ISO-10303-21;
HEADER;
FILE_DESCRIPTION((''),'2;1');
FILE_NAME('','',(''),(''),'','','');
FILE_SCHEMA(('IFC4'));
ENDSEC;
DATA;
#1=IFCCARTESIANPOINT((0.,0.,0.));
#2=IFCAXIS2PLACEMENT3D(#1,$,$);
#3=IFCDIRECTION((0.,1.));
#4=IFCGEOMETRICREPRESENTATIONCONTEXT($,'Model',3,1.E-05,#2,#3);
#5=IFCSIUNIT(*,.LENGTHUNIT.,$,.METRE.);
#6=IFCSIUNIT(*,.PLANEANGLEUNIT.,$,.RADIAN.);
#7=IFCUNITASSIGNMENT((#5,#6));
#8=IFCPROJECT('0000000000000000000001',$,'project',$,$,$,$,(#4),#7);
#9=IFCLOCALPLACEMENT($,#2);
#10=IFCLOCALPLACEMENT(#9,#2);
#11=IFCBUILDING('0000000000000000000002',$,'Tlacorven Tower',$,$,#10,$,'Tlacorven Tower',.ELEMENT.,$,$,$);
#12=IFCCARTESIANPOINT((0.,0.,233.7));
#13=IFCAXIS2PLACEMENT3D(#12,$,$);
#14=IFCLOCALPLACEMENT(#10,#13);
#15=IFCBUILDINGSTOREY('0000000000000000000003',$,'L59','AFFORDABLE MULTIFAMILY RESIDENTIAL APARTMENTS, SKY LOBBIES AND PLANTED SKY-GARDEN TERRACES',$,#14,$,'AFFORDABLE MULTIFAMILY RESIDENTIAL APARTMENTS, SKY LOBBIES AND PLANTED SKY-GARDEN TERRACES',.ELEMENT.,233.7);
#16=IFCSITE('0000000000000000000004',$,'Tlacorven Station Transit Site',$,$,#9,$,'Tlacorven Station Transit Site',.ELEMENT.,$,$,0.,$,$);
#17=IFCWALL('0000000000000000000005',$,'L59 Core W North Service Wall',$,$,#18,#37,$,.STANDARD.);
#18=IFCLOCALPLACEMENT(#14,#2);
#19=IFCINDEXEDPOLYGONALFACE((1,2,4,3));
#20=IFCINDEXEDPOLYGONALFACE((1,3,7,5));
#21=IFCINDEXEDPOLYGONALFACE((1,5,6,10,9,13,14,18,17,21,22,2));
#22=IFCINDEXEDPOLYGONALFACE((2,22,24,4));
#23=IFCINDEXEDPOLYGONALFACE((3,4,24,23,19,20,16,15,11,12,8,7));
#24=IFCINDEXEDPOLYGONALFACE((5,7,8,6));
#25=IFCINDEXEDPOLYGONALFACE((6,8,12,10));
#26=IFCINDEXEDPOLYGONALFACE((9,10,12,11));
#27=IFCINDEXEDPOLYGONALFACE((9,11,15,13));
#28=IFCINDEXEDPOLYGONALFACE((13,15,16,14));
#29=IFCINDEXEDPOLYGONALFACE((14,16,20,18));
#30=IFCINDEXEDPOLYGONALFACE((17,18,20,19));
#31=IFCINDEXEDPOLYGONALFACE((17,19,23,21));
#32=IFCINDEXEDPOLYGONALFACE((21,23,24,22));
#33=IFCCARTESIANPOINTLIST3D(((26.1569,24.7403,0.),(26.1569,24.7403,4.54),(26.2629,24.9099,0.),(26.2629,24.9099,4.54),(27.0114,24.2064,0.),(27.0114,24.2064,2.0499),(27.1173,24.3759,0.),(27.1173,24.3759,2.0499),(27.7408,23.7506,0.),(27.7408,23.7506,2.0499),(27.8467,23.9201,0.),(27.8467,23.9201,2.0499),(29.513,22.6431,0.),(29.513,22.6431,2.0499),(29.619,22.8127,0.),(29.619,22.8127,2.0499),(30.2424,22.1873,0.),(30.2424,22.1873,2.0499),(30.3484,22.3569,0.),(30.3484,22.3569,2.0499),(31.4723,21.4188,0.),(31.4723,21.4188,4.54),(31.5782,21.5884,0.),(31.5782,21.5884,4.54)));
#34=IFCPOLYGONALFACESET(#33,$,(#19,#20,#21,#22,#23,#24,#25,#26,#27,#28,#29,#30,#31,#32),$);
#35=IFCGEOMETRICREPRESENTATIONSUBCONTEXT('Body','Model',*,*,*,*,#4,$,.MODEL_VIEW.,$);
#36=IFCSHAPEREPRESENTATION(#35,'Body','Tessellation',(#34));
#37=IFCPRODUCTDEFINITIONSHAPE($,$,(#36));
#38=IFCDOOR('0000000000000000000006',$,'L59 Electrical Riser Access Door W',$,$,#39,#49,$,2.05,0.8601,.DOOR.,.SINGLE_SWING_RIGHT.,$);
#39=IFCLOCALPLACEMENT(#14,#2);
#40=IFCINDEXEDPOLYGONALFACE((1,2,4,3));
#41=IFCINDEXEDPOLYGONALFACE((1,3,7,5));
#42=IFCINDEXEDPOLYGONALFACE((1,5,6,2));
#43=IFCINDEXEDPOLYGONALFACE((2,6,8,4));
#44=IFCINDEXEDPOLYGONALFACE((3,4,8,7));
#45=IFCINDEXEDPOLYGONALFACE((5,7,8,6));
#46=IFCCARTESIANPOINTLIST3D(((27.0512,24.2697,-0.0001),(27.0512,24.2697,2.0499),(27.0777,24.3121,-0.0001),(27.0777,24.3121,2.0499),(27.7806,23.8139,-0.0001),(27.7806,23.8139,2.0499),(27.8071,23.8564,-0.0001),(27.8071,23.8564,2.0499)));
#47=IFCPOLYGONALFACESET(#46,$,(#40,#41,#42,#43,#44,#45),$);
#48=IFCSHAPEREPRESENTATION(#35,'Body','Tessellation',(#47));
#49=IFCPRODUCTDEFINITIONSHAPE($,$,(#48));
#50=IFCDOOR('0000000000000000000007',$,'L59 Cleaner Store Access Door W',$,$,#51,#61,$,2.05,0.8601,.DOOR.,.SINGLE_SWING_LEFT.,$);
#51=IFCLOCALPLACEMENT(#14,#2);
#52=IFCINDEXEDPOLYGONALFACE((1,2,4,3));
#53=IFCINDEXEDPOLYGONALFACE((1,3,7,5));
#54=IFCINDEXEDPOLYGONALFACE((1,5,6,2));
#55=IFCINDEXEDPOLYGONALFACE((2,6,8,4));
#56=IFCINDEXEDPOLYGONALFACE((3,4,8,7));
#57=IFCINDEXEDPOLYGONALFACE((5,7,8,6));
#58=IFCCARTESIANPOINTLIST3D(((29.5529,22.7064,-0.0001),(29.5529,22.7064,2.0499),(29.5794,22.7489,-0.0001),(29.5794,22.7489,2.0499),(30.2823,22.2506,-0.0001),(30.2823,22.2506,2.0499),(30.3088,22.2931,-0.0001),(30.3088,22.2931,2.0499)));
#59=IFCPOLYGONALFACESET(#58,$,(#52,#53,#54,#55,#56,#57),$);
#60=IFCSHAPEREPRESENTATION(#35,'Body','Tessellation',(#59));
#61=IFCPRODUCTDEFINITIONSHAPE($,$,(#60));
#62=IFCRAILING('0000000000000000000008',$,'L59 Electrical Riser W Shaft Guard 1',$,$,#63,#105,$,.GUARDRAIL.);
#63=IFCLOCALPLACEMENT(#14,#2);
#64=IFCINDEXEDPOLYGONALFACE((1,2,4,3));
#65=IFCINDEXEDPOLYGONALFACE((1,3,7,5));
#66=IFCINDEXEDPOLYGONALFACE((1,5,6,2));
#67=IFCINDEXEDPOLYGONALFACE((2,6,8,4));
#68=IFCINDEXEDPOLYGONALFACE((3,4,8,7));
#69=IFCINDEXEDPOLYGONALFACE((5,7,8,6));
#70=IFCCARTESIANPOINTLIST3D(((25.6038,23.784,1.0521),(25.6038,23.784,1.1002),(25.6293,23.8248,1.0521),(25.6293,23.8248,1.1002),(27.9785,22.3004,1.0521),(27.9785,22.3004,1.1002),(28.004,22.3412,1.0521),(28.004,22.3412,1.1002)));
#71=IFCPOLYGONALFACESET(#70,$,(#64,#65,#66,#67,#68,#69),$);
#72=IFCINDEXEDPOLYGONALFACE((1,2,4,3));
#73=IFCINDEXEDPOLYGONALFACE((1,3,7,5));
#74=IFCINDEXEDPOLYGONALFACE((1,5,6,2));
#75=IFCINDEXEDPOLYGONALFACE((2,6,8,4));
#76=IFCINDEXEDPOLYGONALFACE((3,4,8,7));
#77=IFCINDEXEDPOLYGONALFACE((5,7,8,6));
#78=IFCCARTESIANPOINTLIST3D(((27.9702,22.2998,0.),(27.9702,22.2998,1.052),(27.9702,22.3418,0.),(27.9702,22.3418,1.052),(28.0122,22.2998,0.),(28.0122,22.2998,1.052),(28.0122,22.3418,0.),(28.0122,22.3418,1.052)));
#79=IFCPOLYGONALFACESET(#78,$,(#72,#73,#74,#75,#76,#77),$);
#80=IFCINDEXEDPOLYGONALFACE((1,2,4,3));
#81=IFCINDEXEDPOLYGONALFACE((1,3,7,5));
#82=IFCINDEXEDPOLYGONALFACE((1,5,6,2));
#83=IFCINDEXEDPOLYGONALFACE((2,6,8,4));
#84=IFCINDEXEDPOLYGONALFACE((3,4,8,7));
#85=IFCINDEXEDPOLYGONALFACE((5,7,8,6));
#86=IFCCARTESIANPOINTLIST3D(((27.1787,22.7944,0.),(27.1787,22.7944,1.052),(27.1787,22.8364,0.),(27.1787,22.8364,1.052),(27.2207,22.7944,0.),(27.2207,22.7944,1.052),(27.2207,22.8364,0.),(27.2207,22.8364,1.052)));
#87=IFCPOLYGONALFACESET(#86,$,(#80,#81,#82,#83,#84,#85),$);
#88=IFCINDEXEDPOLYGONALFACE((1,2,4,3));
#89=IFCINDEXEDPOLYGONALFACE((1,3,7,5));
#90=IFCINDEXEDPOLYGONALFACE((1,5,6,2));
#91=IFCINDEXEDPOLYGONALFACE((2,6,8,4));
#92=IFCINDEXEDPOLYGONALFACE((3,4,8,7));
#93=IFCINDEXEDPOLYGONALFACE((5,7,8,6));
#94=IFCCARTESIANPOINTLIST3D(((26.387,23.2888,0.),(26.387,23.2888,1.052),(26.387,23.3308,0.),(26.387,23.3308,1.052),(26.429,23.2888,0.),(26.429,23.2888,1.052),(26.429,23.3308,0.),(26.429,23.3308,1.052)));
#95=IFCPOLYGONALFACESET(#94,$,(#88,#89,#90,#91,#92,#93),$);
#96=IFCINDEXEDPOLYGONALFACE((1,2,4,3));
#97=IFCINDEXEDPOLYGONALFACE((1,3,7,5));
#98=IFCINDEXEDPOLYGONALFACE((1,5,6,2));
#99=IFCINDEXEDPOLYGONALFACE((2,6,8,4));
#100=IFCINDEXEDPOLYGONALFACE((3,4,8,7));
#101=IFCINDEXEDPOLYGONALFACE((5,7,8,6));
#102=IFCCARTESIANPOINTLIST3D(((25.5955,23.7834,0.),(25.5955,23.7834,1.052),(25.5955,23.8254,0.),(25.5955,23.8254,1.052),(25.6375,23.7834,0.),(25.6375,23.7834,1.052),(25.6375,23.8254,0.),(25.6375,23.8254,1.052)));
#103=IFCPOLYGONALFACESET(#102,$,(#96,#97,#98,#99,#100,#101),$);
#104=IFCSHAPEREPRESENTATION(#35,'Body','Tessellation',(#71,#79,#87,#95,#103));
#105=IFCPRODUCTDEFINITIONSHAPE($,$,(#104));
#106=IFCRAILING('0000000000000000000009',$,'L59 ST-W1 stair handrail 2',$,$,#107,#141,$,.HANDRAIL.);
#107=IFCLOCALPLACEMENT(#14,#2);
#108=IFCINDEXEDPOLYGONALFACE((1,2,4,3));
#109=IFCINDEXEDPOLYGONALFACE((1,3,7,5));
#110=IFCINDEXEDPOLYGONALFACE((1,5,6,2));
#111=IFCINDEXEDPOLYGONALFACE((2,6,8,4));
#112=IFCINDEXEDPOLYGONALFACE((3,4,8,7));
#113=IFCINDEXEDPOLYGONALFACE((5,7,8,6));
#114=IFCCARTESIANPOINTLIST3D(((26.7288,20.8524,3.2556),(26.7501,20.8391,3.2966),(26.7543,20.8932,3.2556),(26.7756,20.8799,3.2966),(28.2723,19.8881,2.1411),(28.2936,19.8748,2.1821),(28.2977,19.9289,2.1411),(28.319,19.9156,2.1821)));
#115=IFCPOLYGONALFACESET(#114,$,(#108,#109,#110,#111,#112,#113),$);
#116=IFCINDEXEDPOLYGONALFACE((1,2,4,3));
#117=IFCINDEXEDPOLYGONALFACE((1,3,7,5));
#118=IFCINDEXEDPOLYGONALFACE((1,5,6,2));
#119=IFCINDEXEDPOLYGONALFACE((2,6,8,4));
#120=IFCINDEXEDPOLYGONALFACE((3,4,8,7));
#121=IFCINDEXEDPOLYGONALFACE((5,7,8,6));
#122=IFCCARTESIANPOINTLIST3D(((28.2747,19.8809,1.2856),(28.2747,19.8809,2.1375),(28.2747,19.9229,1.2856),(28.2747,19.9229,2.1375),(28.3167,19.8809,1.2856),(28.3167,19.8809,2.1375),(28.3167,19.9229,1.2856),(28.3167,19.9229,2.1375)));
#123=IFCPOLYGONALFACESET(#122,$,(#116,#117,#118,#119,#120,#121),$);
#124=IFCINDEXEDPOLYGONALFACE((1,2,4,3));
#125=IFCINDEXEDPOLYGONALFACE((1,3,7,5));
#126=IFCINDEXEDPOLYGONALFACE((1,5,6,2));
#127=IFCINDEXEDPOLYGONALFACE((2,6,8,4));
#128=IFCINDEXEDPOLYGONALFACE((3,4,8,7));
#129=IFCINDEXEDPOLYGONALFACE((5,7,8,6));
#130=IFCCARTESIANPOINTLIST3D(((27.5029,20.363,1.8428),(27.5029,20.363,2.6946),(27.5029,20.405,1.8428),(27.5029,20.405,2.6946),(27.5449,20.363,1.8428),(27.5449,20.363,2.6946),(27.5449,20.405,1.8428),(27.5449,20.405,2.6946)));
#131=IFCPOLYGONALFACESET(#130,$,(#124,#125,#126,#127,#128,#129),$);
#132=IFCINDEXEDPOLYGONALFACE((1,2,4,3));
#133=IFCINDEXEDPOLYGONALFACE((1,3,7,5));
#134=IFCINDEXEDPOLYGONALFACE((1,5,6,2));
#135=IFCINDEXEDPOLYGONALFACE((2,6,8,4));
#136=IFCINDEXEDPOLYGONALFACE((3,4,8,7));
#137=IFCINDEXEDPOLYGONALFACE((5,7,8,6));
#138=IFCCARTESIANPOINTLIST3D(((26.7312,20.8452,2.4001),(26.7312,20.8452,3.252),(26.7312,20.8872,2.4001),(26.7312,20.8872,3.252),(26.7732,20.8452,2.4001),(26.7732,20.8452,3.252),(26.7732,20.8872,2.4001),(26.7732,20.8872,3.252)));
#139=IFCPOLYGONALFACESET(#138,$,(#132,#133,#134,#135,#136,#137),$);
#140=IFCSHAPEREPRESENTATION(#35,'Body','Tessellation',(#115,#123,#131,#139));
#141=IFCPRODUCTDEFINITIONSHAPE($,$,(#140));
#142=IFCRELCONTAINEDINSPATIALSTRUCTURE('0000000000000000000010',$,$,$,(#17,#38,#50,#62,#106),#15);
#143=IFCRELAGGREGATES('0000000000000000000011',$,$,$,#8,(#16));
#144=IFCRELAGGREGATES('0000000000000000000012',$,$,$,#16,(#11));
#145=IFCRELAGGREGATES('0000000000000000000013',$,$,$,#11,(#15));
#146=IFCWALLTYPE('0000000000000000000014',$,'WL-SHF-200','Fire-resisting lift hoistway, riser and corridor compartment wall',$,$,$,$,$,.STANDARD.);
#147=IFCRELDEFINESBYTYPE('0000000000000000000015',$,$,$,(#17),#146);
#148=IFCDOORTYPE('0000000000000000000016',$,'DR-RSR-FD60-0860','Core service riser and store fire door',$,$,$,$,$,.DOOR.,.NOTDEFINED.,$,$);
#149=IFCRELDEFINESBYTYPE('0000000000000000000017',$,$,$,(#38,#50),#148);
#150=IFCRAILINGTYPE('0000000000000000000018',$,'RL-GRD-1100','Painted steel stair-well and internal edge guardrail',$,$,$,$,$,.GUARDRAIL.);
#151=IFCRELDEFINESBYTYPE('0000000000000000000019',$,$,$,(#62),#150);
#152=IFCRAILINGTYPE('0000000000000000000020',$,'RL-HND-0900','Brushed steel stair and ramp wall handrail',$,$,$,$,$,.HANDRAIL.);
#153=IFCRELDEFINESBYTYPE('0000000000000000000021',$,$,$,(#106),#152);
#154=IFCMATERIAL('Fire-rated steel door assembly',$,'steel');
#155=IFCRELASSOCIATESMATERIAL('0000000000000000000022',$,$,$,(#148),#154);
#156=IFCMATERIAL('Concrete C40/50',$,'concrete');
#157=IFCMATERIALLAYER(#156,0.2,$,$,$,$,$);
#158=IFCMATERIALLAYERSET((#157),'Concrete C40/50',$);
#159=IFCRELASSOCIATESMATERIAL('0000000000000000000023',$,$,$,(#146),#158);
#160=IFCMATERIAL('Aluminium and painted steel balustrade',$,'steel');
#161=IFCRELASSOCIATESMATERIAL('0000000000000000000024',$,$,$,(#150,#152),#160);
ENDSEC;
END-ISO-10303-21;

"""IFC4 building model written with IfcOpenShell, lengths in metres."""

from ifc_helpers import new_model, si_unit, direction, frame, frame_2d, origin, origin_2d, place, context, subcontext, project, spatial, rectangle, extrude, source, transform, mapped, material, layer, layer_set, type_object, element, fill, save


model = new_model("IFC4")

# Units and contexts
model_context = context("Model", 3, precision=1e-05, world=origin(), true_north=direction((0.0, 1.0)))
body_context = subcontext(model_context, "Body", "Model", "MODEL_VIEW")
ifc_project = project(units=[si_unit("LENGTHUNIT", "METRE"), si_unit("PLANEANGLEUNIT", "RADIAN")], contexts=[model_context])

# Site, building, storey
site_placement = place(None, origin())
site = spatial("IfcSite", under=ifc_project, at=site_placement, Name="Tlacorven Station Transit Site", LongName="Tlacorven Station Transit Site", CompositionType="ELEMENT", RefElevation=0.0)
building_placement = place(site_placement, origin())
building = spatial("IfcBuilding", under=site, at=building_placement, Name="Tlacorven Tower", LongName="Tlacorven Tower", CompositionType="ELEMENT")
storey_placement = place(building_placement, frame((0.0, 0.0, 233.7)))
storey = spatial("IfcBuildingStorey", under=building, at=storey_placement, Name="L59", Description="AFFORDABLE MULTIFAMILY RESIDENTIAL APARTMENTS, SKY LOBBIES AND PLANTED SKY-GARDEN TERRACES", LongName="AFFORDABLE MULTIFAMILY RESIDENTIAL APARTMENTS, SKY LOBBIES AND PLANTED SKY-GARDEN TERRACES", CompositionType="ELEMENT", Elevation=233.7)

# Shared definitions
ifc_material_1 = material(Name="Fire-rated steel door assembly", Category="steel")
door_type_1 = type_object("IfcDoorType", Name="DR-RSR-FD60-0860", Description="Core service riser and store fire door", OperationType="NOTDEFINED", PredefinedType="DOOR", material=ifc_material_1)
shared_shape_1 = source(origin(), body_context, "Body", "SweptSolid", [
    extrude(rectangle(XDim=0.8601, YDim=2.05, at=frame_2d((0.4302, 1.0249))), frame((0.0, 0.0249, 0.0), z_axis=(0.0, -1.0, 0.0), x_axis=(1.0, 0.0, 0.0)), (0.0, 0.0, 1.0), 0.05),
])

# Shared definitions
ifc_material_2 = material(Name="Concrete C40/50", Category="concrete")
ifc_layer_1 = layer(ifc_material_2, 0.2)
ifc_layer_set_1 = layer_set([ifc_layer_1], Name="Concrete C40/50")
wall_type_1 = type_object("IfcWallType", Name="WL-SHF-200", Description="Fire-resisting lift hoistway, riser and corridor compartment wall", PredefinedType="STANDARD", material=ifc_layer_set_1)

# Wall, openings, doors
wall_1_placement = place(storey_placement, frame((31.5251, 21.5037, 0.0), z_axis=(0.0, 0.0, 1.0), x_axis=(-0.848042, 0.529929, 0.0)))
wall_1 = element("IfcWall", 1, at=wall_1_placement, inside=storey, type_object=wall_type_1, Name="L59 Core W North Service Wall", PredefinedType="STANDARD", context=body_context, shape_type="SweptSolid", body=[
    extrude(rectangle(XDim=6.2678, YDim=0.2, at=frame_2d((3.1338, 0.0))), origin(), (0.0, 0.0, 1.0), 4.54),
])
opening_1_placement = place(wall_1_placement, frame((4.3999, 0.0, 0.0)))
opening_1 = element("IfcOpeningElement", 2, at=opening_1_placement, cuts=wall_1, PredefinedType="OPENING", context=body_context, shape_type="SweptSolid", body=[
    extrude(rectangle(XDim=0.8601, YDim=2.05, at=frame_2d((0.4302, 1.0249))), frame((0.0, 0.1099, 0.0), z_axis=(0.0, -1.0, 0.0), x_axis=(1.0, 0.0, 0.0)), (0.0, 0.0, 1.0), 0.22),
])
opening_2_placement = place(wall_1_placement, frame((1.45, 0.0, 0.0)))
opening_2 = element("IfcOpeningElement", 3, at=opening_2_placement, cuts=wall_1, PredefinedType="OPENING", context=body_context, shape_type="SweptSolid", body=[
    extrude(rectangle(XDim=0.8601, YDim=2.05, at=frame_2d((0.4302, 1.0249))), frame((0.0, 0.1099, 0.0), z_axis=(0.0, -1.0, 0.0), x_axis=(1.0, 0.0, 0.0)), (0.0, 0.0, 1.0), 0.22),
])
door_1_placement = place(opening_1_placement, frame((0.8601, 0.0, 0.0), z_axis=(0.0, 0.0, 1.0), x_axis=(-1.0, 0.0, 0.0)))
door_1 = element("IfcDoor", 4, at=door_1_placement, inside=storey, type_object=door_type_1, Name="L59 Electrical Riser Access Door W", OperationType="SINGLE_SWING_RIGHT", OverallHeight=2.05, OverallWidth=0.8601, PredefinedType="DOOR", context=body_context, shape_type="MappedRepresentation", body=[
    mapped(shared_shape_1, transform((0.0, 0.0, 0.0), scale=1.0)),
])
fill(opening_1, door_1)
door_2_placement = place(opening_2_placement, frame((0.8601, 0.0, 0.0), z_axis=(0.0, 0.0, 1.0), x_axis=(-1.0, 0.0, 0.0)))
door_2 = element("IfcDoor", 5, at=door_2_placement, inside=storey, type_object=door_type_1, Name="L59 Cleaner Store Access Door W", OperationType="SINGLE_SWING_LEFT", OverallHeight=2.05, OverallWidth=0.8601, PredefinedType="DOOR", context=body_context, shape_type="MappedRepresentation", body=[
    mapped(shared_shape_1, transform((0.0, 0.0, 0.0), scale=1.0)),
])
fill(opening_2, door_2)

# Railings
ifc_material_3 = material(Name="Aluminium and painted steel balustrade", Category="steel")
railing_type_1 = type_object("IfcRailingType", Name="RL-GRD-1100", Description="Painted steel stair-well and internal edge guardrail", PredefinedType="GUARDRAIL", material=ifc_material_3)
shared_shape_2 = source(origin(), body_context, "Body", "SweptSolid", [
    extrude(rectangle(XDim=0.0481, YDim=0.0481, at=origin_2d()), frame((0.0, 0.0, 1.0762), z_axis=(-0.848091, 0.52985, 0.0), x_axis=(-0.52985, -0.848091, 0.0)), (0.0, 0.0, 1.0), 2.8),
    extrude(rectangle(XDim=0.042, YDim=0.042, at=origin_2d()), origin(), (0.0, 0.0, 1.0), 1.052),
    extrude(rectangle(XDim=0.042, YDim=0.042, at=origin_2d()), frame((-0.7915, 0.4946, 0.0)), (0.0, 0.0, 1.0), 1.052),
    extrude(rectangle(XDim=0.042, YDim=0.042, at=origin_2d()), frame((-1.5833, 0.989, 0.0)), (0.0, 0.0, 1.0), 1.052),
    extrude(rectangle(XDim=0.042, YDim=0.042, at=origin_2d()), frame((-2.3748, 1.4836, 0.0)), (0.0, 0.0, 1.0), 1.052),
])
railing_1_placement = place(storey_placement, frame((27.9912, 22.3208, 0.0)))
element("IfcRailing", 6, at=railing_1_placement, inside=storey, type_object=railing_type_1, Name="L59 Electrical Riser W Shaft Guard 1", PredefinedType="GUARDRAIL", context=body_context, shape_type="MappedRepresentation", body=[
    mapped(shared_shape_2, transform((0.0, 0.0, 0.0), scale=1.0)),
])
railing_type_2 = type_object("IfcRailingType", Name="RL-HND-0900", Description="Brushed steel stair and ramp wall handrail", PredefinedType="HANDRAIL", material=ifc_material_3)
shared_shape_3 = source(origin(), body_context, "Body", "SweptSolid", [
    extrude(rectangle(XDim=0.0481, YDim=0.0481, at=origin_2d()), frame((0.0, 0.0, 0.876), z_axis=(-0.723238, 0.451881, 0.522237), x_axis=(-0.529878, -0.848074, 0.0)), (0.0, 0.0, 1.0), 2.134),
    extrude(rectangle(XDim=0.042, YDim=0.042, at=origin_2d()), origin(), (0.0, 0.0, 1.0), 0.8518),
    extrude(rectangle(XDim=0.042, YDim=0.042, at=origin_2d()), frame((-0.7717, 0.4822, 0.5571)), (0.0, 0.0, 1.0), 0.8518),
    extrude(rectangle(XDim=0.042, YDim=0.042, at=origin_2d()), frame((-1.5435, 0.9644, 1.1145)), (0.0, 0.0, 1.0), 0.8518),
])
railing_2_placement = place(storey_placement, frame((28.2957, 19.9019, 1.2856)))
element("IfcRailing", 7, at=railing_2_placement, inside=storey, type_object=railing_type_2, Name="L59 ST-W1 stair handrail 2", PredefinedType="HANDRAIL", context=body_context, shape_type="MappedRepresentation", body=[
    mapped(shared_shape_3, transform((0.0, 0.0, 0.0), scale=1.0)),
])

save(model, "model.ifc")
